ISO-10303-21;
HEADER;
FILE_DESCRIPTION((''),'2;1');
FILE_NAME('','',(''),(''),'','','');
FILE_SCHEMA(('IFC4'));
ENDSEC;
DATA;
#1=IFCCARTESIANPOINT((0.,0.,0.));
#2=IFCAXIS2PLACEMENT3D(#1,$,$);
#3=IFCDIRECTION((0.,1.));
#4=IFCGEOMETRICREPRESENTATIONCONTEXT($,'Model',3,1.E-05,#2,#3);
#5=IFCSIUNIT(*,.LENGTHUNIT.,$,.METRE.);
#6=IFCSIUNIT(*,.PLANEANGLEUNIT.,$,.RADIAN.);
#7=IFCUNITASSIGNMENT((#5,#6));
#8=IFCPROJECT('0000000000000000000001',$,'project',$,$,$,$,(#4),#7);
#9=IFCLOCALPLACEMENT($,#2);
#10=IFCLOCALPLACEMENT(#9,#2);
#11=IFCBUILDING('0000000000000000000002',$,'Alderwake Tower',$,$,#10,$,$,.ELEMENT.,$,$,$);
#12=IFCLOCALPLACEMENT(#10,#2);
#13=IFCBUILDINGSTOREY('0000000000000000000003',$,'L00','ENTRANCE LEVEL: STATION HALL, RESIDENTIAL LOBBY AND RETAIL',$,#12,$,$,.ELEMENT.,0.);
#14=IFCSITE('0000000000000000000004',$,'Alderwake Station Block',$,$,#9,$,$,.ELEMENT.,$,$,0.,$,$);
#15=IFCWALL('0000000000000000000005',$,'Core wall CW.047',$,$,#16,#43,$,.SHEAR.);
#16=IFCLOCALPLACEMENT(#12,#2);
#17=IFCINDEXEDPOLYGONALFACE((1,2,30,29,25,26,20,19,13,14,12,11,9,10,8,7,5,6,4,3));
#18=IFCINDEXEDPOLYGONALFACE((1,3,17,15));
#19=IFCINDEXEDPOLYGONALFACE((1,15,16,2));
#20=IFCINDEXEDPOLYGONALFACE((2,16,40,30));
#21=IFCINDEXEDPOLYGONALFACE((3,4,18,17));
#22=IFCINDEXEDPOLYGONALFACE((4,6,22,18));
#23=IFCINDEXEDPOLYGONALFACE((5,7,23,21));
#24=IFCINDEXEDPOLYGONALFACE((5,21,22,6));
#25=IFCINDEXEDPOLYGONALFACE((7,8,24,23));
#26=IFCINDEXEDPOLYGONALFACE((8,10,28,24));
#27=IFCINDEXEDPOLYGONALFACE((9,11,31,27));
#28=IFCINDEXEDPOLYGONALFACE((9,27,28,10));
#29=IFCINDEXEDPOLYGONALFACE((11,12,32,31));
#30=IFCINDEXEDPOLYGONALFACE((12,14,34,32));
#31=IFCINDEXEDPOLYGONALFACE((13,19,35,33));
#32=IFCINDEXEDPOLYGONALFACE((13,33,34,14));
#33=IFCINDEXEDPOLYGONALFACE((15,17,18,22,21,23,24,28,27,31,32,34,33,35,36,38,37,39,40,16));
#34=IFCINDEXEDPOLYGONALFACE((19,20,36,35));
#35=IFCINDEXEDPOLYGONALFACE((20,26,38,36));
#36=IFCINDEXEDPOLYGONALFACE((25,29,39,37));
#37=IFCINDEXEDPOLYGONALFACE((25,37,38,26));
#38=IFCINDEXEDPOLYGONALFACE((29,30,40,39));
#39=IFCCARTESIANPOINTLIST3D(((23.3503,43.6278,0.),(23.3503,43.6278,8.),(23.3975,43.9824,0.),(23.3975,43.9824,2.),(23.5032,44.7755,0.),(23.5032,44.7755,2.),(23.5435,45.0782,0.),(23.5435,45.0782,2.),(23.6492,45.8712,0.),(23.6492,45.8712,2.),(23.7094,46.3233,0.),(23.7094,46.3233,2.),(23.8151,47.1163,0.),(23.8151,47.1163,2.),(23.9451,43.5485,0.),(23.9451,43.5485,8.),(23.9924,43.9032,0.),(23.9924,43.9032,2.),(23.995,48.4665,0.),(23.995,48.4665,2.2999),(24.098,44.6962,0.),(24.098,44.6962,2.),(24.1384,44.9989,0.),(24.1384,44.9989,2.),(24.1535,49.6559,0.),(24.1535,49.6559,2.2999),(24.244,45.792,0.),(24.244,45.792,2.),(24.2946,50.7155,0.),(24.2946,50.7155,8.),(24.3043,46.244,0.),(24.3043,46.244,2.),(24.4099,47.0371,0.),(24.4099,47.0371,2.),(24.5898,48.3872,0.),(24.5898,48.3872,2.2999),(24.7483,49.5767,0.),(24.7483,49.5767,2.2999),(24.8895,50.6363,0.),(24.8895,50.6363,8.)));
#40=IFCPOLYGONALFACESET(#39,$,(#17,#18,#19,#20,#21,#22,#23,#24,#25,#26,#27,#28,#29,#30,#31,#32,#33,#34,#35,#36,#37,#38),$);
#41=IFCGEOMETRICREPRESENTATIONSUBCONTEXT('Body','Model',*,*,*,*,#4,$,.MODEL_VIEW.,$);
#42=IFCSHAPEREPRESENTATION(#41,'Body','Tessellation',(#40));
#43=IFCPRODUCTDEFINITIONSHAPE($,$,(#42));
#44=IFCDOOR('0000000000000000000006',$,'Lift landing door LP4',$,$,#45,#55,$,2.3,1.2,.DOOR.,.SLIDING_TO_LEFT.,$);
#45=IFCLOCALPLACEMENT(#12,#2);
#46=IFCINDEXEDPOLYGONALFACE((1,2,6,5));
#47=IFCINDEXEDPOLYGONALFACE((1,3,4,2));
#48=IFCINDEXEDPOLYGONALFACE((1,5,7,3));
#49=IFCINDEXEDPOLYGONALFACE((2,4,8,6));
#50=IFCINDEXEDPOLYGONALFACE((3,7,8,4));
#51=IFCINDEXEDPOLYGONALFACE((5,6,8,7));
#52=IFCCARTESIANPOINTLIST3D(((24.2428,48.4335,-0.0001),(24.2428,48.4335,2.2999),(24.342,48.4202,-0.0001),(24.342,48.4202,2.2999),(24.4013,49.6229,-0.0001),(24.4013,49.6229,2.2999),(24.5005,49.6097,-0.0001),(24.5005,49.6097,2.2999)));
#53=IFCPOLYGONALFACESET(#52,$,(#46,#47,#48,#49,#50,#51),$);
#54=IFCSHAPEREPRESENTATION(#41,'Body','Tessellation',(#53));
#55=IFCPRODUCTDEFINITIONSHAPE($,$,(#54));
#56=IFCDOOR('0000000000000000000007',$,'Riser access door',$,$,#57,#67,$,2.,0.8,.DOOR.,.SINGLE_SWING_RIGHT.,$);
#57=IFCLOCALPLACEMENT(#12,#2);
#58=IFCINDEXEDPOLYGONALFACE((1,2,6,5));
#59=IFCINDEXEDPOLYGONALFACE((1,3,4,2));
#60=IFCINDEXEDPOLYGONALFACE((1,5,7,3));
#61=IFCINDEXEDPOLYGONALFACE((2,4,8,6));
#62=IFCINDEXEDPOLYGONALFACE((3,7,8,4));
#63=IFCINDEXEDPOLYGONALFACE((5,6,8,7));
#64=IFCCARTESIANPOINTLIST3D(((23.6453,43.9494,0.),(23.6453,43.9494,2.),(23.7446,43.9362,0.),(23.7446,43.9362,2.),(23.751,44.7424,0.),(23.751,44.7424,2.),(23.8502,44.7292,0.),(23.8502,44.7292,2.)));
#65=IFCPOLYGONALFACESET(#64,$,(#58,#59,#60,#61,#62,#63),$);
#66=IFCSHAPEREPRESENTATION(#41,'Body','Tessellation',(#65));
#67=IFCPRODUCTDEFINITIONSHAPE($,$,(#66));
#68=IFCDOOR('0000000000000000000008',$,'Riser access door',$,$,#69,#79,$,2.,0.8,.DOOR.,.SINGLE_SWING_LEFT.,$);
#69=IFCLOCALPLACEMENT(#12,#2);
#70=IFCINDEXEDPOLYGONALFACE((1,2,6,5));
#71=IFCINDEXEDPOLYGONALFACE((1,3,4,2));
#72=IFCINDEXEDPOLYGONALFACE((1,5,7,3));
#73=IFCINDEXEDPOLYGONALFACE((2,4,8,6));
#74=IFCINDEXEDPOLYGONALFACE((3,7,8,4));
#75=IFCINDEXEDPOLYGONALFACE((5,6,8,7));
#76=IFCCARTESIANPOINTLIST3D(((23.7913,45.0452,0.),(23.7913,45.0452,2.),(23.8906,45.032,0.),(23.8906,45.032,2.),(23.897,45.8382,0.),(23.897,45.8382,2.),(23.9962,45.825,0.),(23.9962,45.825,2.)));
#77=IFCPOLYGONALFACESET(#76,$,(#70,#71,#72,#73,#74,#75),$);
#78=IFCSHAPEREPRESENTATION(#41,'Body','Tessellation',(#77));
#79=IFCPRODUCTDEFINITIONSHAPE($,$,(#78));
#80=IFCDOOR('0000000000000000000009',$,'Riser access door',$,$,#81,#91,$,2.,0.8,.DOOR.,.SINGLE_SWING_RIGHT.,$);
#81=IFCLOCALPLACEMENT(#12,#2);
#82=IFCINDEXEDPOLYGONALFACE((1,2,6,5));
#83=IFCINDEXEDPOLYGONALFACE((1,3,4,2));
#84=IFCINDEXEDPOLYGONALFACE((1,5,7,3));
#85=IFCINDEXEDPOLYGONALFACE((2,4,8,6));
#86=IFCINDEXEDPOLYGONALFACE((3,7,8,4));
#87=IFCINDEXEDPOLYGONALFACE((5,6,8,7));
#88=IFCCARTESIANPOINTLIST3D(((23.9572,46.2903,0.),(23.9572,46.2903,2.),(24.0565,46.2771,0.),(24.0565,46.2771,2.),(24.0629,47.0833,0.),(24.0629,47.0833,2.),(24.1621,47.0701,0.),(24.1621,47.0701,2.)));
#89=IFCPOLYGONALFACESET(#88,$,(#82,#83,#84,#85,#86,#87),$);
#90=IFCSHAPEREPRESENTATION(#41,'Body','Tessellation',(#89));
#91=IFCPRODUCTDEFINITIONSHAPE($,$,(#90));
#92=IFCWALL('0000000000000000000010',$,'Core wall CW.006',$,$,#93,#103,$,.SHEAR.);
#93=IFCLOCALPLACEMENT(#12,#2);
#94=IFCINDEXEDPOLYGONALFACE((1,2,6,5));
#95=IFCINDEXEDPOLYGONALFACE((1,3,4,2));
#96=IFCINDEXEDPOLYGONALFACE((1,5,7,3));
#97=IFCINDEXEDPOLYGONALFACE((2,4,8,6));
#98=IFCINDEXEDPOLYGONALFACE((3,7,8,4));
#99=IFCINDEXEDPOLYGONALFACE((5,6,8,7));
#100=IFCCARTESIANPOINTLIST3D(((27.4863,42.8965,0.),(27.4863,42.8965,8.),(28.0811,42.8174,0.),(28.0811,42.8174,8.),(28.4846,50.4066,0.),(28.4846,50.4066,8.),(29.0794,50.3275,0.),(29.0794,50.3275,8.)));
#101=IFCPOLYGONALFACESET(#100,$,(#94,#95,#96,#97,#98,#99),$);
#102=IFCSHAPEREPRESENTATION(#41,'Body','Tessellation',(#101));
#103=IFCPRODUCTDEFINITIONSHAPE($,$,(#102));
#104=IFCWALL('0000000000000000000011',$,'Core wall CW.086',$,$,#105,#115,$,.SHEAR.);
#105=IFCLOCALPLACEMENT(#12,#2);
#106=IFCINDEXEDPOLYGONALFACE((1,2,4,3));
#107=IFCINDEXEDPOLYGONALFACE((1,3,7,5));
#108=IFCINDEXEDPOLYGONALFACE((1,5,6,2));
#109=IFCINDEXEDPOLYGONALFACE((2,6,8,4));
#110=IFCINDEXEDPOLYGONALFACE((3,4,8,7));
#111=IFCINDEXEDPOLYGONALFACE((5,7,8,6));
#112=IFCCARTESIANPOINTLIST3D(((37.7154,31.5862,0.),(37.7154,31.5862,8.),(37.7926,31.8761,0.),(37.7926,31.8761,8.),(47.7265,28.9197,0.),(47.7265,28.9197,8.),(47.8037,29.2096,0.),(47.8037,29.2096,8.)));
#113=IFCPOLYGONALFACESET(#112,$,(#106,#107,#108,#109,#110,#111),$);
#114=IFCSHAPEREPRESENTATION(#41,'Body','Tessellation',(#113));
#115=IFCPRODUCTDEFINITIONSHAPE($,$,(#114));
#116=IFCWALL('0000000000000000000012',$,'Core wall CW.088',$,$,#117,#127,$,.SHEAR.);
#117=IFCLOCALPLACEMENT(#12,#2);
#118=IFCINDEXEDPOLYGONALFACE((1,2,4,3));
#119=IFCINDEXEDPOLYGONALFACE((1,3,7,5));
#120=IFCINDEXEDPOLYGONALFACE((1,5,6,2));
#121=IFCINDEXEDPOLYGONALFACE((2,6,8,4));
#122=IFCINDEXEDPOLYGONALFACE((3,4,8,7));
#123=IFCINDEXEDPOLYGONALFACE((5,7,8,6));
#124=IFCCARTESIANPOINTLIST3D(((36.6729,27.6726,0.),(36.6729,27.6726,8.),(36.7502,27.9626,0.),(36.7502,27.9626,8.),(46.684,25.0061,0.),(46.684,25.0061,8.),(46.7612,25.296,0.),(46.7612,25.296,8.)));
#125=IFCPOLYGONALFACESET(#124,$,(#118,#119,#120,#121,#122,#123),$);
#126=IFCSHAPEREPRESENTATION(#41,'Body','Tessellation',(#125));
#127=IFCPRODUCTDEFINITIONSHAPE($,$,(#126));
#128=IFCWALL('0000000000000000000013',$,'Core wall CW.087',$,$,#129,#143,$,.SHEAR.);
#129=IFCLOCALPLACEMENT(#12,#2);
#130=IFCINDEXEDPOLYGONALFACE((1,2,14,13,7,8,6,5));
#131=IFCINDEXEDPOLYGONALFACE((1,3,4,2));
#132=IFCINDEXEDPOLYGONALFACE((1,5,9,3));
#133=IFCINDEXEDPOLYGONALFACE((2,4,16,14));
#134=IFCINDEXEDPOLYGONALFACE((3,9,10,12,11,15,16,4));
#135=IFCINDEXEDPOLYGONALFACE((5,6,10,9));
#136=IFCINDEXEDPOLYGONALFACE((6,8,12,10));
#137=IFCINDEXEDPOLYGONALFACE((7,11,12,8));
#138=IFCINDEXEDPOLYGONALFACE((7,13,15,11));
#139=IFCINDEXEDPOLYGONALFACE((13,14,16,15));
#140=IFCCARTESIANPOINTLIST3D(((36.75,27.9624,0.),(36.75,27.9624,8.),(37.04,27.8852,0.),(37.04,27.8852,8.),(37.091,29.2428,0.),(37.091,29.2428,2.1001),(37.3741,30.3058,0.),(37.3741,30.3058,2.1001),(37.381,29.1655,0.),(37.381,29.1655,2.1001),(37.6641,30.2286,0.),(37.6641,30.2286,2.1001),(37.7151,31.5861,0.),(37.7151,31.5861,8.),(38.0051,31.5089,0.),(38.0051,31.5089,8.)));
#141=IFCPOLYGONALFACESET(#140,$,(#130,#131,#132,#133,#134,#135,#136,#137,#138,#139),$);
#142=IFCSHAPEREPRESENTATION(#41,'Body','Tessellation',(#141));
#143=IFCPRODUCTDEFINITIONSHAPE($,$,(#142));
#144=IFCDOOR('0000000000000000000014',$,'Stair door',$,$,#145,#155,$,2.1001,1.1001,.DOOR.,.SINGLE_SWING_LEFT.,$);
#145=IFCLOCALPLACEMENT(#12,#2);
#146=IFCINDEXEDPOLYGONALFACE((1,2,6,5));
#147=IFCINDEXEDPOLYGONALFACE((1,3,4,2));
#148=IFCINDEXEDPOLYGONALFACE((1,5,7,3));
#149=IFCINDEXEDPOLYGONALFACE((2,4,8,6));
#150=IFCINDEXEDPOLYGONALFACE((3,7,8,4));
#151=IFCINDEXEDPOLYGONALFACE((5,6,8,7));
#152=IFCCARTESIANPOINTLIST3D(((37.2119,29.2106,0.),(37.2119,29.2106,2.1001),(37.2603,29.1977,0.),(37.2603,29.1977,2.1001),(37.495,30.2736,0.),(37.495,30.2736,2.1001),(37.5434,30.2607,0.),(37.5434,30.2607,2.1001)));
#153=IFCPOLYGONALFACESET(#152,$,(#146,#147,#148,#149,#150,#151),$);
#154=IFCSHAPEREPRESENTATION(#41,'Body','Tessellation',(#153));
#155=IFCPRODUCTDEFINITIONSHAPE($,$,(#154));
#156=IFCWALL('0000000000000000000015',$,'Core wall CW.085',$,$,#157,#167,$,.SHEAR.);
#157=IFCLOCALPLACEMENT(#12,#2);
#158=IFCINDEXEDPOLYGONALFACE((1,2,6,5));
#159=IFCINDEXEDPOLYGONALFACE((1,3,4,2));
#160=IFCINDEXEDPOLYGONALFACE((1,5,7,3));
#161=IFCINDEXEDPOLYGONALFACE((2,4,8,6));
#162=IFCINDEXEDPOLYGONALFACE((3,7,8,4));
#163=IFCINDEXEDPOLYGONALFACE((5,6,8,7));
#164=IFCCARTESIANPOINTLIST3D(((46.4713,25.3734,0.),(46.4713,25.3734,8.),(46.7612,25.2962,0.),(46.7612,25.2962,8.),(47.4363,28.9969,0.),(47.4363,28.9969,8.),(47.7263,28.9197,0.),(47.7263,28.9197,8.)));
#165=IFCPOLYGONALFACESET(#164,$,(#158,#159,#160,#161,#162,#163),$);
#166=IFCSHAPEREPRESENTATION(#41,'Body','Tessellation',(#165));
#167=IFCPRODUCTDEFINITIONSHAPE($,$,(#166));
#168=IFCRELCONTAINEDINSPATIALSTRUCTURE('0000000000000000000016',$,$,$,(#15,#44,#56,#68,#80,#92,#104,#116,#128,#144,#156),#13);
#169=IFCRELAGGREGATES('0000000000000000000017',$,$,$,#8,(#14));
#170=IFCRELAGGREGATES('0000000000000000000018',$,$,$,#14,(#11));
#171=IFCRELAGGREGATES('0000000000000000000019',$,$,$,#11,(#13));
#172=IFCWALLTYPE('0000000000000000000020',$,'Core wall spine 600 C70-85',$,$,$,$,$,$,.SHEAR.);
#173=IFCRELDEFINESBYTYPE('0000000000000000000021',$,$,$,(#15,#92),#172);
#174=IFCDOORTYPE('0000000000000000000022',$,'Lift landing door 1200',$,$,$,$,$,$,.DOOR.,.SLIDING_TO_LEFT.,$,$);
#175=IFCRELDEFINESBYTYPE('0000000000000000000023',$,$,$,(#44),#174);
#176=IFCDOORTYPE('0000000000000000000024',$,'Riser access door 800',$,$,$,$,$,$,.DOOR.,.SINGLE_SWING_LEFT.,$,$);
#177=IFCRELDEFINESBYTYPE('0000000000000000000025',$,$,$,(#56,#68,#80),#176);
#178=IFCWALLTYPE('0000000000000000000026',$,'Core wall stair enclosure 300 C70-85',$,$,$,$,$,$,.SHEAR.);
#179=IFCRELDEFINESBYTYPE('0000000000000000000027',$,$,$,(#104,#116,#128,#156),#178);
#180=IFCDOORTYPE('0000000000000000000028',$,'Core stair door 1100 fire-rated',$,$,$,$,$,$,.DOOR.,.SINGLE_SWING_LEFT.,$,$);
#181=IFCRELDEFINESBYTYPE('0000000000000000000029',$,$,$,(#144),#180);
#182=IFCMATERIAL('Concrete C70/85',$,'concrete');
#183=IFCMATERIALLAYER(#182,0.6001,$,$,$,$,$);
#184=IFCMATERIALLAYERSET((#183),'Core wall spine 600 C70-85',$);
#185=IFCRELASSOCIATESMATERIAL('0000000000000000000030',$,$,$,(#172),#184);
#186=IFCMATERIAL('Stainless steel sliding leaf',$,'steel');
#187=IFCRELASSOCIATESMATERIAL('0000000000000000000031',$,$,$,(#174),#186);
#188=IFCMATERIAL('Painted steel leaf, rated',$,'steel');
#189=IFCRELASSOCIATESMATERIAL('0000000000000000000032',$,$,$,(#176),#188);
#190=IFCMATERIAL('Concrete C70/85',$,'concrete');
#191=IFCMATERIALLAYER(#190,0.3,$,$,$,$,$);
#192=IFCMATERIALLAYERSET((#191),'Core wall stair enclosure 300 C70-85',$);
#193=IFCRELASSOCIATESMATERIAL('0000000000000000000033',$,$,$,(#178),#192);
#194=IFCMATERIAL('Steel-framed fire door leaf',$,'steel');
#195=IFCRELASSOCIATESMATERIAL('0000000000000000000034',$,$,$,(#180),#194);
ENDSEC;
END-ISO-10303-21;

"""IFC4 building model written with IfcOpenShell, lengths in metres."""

from ifc_helpers import new_model, si_unit, direction, frame, frame_2d, origin, place, context, subcontext, project, spatial, rectangle, extrude, material, layer, layer_set, type_object, element, fill, save


model = new_model("IFC4")

# Units and contexts
model_context = context("Model", 3, precision=1e-05, world=origin(), true_north=direction((0.0, 1.0)))
body_context = subcontext(model_context, "Body", "Model", "MODEL_VIEW")
ifc_project = project(units=[si_unit("LENGTHUNIT", "METRE"), si_unit("PLANEANGLEUNIT", "RADIAN")], contexts=[model_context])

# Site, building, storey
site_placement = place(None, origin())
site = spatial("IfcSite", under=ifc_project, at=site_placement, Name="Alderwake Station Block", CompositionType="ELEMENT", RefElevation=0.0)
building_placement = place(site_placement, origin())
building = spatial("IfcBuilding", under=site, at=building_placement, Name="Alderwake Tower", CompositionType="ELEMENT")
storey_placement = place(building_placement, origin())
storey = spatial("IfcBuildingStorey", under=building, at=storey_placement, Name="L00", Description="ENTRANCE LEVEL: STATION HALL, RESIDENTIAL LOBBY AND RETAIL", CompositionType="ELEMENT", Elevation=0.0)

# Wall, openings, doors
ifc_material_1 = material(Name="Concrete C70/85", Category="concrete")
ifc_layer_1 = layer(ifc_material_1, 0.6001)
ifc_layer_set_1 = layer_set([ifc_layer_1], Name="Core wall spine 600 C70-85")
wall_type_1 = type_object("IfcWallType", Name="Core wall spine 600 C70-85", PredefinedType="SHEAR", material=ifc_layer_set_1)
wall_1_placement = place(storey_placement, frame((23.6477, 43.5881, 0.0), z_axis=(0.0, 0.0, 1.0), x_axis=(0.13207, 0.99124, 0.0)))
wall_1 = element("IfcWall", 1, at=wall_1_placement, inside=storey, type_object=wall_type_1, Name="Core wall CW.047", PredefinedType="SHEAR", context=body_context, shape_type="SweptSolid", body=[
    extrude(rectangle(XDim=7.1504, YDim=0.6001, at=frame_2d((3.5752, 0.0))), origin(), (0.0, 0.0, 1.0), 8.0),
])
opening_1_placement = place(wall_1_placement, frame((4.8813, 0.0, 0.0)))
opening_1 = element("IfcOpeningElement", 2, at=opening_1_placement, cuts=wall_1, PredefinedType="OPENING", context=body_context, shape_type="SweptSolid", body=[
    extrude(rectangle(XDim=1.2, YDim=2.3, at=frame_2d((0.6001, 1.1499))), frame((0.0, 0.3101, 0.0), z_axis=(0.0, -1.0, 0.0), x_axis=(1.0, 0.0, 0.0)), (0.0, 0.0, 1.0), 0.6201),
])
opening_2_placement = place(wall_1_placement, frame((0.3579, 0.0, 0.0)))
opening_2 = element("IfcOpeningElement", 3, at=opening_2_placement, cuts=wall_1, PredefinedType="OPENING", context=body_context, shape_type="SweptSolid", body=[
    extrude(rectangle(XDim=0.8, YDim=2.0, at=frame_2d((0.3999, 1.0))), frame((0.0, 0.3101, 0.0), z_axis=(0.0, -1.0, 0.0), x_axis=(1.0, 0.0, 0.0)), (0.0, 0.0, 1.0), 0.6201),
])
opening_3_placement = place(wall_1_placement, frame((1.4634, 0.0, 0.0)))
opening_3 = element("IfcOpeningElement", 4, at=opening_3_placement, cuts=wall_1, PredefinedType="OPENING", context=body_context, shape_type="SweptSolid", body=[
    extrude(rectangle(XDim=0.8, YDim=2.0, at=frame_2d((0.3999, 1.0))), frame((0.0, 0.3101, 0.0), z_axis=(0.0, -1.0, 0.0), x_axis=(1.0, 0.0, 0.0)), (0.0, 0.0, 1.0), 0.6201),
])
opening_4_placement = place(wall_1_placement, frame((2.7195, 0.0, 0.0)))
opening_4 = element("IfcOpeningElement", 5, at=opening_4_placement, cuts=wall_1, PredefinedType="OPENING", context=body_context, shape_type="SweptSolid", body=[
    extrude(rectangle(XDim=0.8, YDim=2.0, at=frame_2d((0.3999, 1.0))), frame((0.0, 0.3101, 0.0), z_axis=(0.0, -1.0, 0.0), x_axis=(1.0, 0.0, 0.0)), (0.0, 0.0, 1.0), 0.6201),
])
ifc_material_2 = material(Name="Stainless steel sliding leaf", Category="steel")
door_type_1 = type_object("IfcDoorType", Name="Lift landing door 1200", OperationType="SLIDING_TO_LEFT", PredefinedType="DOOR", material=ifc_material_2)
door_1_placement = place(opening_1_placement, origin())
door_1 = element("IfcDoor", 6, at=door_1_placement, inside=storey, type_object=door_type_1, Name="Lift landing door LP4", OperationType="SLIDING_TO_LEFT", OverallHeight=2.3, OverallWidth=1.2, PredefinedType="DOOR", context=body_context, shape_type="SweptSolid", body=[
    extrude(rectangle(XDim=1.2, YDim=2.3, at=frame_2d((0.6001, 1.1499))), frame((0.0, 0.05, 0.0), z_axis=(0.0, -1.0, 0.0), x_axis=(1.0, 0.0, 0.0)), (0.0, 0.0, 1.0), 0.1001),
])
fill(opening_1, door_1)
ifc_material_3 = material(Name="Painted steel leaf, rated", Category="steel")
door_type_2 = type_object("IfcDoorType", Name="Riser access door 800", OperationType="SINGLE_SWING_LEFT", PredefinedType="DOOR", material=ifc_material_3)
door_2_placement = place(opening_2_placement, origin())
door_2 = element("IfcDoor", 7, at=door_2_placement, inside=storey, type_object=door_type_2, Name="Riser access door", OperationType="SINGLE_SWING_RIGHT", OverallHeight=2.0, OverallWidth=0.8, PredefinedType="DOOR", context=body_context, shape_type="SweptSolid", body=[
    extrude(rectangle(XDim=0.8, YDim=2.0, at=frame_2d((0.3999, 1.0))), frame((0.0, 0.05, 0.0), z_axis=(0.0, -1.0, 0.0), x_axis=(1.0, 0.0, 0.0)), (0.0, 0.0, 1.0), 0.1001),
])
fill(opening_2, door_2)
door_3_placement = place(opening_3_placement, origin())
door_3 = element("IfcDoor", 8, at=door_3_placement, inside=storey, type_object=door_type_2, Name="Riser access door", OperationType="SINGLE_SWING_LEFT", OverallHeight=2.0, OverallWidth=0.8, PredefinedType="DOOR", context=body_context, shape_type="SweptSolid", body=[
    extrude(rectangle(XDim=0.8, YDim=2.0, at=frame_2d((0.3999, 1.0))), frame((0.0, 0.05, 0.0), z_axis=(0.0, -1.0, 0.0), x_axis=(1.0, 0.0, 0.0)), (0.0, 0.0, 1.0), 0.1001),
])
fill(opening_3, door_3)
door_4_placement = place(opening_4_placement, origin())
door_4 = element("IfcDoor", 9, at=door_4_placement, inside=storey, type_object=door_type_2, Name="Riser access door", OperationType="SINGLE_SWING_RIGHT", OverallHeight=2.0, OverallWidth=0.8, PredefinedType="DOOR", context=body_context, shape_type="SweptSolid", body=[
    extrude(rectangle(XDim=0.8, YDim=2.0, at=frame_2d((0.3999, 1.0))), frame((0.0, 0.05, 0.0), z_axis=(0.0, -1.0, 0.0), x_axis=(1.0, 0.0, 0.0)), (0.0, 0.0, 1.0), 0.1001),
])
fill(opening_4, door_4)

# Walls
wall_2_placement = place(storey_placement, frame((27.7837, 42.8569, 0.0), z_axis=(0.0, 0.0, 1.0), x_axis=(0.131769, 0.99128, 0.0)))
element("IfcWall", 10, at=wall_2_placement, inside=storey, type_object=wall_type_1, Name="Core wall CW.006", PredefinedType="SHEAR", context=body_context, shape_type="SweptSolid", body=[
    extrude(rectangle(XDim=7.5762, YDim=0.6001, at=frame_2d((3.7881, 0.0))), origin(), (0.0, 0.0, 1.0), 8.0),
])
ifc_material_4 = material(Name="Concrete C70/85", Category="concrete")
ifc_layer_2 = layer(ifc_material_4, 0.3)
ifc_layer_set_2 = layer_set([ifc_layer_2], Name="Core wall stair enclosure 300 C70-85")
wall_type_2 = type_object("IfcWallType", Name="Core wall stair enclosure 300 C70-85", PredefinedType="SHEAR", material=ifc_layer_set_2)
for number, where, z_axis, x_axis, name in (
    (11, (37.7539, 31.7312, 0.0), (0.0, 0.0, 1.0), (0.966309, -0.257384, 0.0), "Core wall CW.086"),
    (12, (36.7114, 27.8176, 0.0), (0.0, 0.0, 1.0), (0.966309, -0.257384, 0.0), "Core wall CW.088"),
):
    element("IfcWall", number, at=place(storey_placement, frame(where, z_axis=z_axis, x_axis=x_axis)), inside=storey, type_object=wall_type_2, Name=name, PredefinedType="SHEAR", context=body_context, shape_type="SweptSolid", body=[
        extrude(rectangle(XDim=10.3601, YDim=0.3, at=frame_2d((5.1802, 0.0))), origin(), (0.0, 0.0, 1.0), 8.0),
    ])

# Wall, opening, door
wall_3_placement = place(storey_placement, frame((36.895, 27.9238, 0.0), z_axis=(0.0, 0.0, 1.0), x_axis=(0.257351, 0.966318, 0.0)))
wall_3 = element("IfcWall", 13, at=wall_3_placement, inside=storey, type_object=wall_type_2, Name="Core wall CW.087", PredefinedType="SHEAR", context=body_context, shape_type="SweptSolid", body=[
    extrude(rectangle(XDim=3.75, YDim=0.3, at=frame_2d((1.875, 0.0))), origin(), (0.0, 0.0, 1.0), 8.0),
])
opening_5_placement = place(wall_3_placement, frame((1.325, 0.0, 0.0)))
opening_5 = element("IfcOpeningElement", 14, at=opening_5_placement, cuts=wall_3, PredefinedType="OPENING", context=body_context, shape_type="SweptSolid", body=[
    extrude(rectangle(XDim=1.1001, YDim=2.1001, at=frame_2d((0.55, 1.05))), frame((0.0, 0.1599, 0.0), z_axis=(0.0, -1.0, 0.0), x_axis=(1.0, 0.0, 0.0)), (0.0, 0.0, 1.0), 0.3201),
])
ifc_material_5 = material(Name="Steel-framed fire door leaf", Category="steel")
door_type_3 = type_object("IfcDoorType", Name="Core stair door 1100 fire-rated", OperationType="SINGLE_SWING_LEFT", PredefinedType="DOOR", material=ifc_material_5)
door_5_placement = place(opening_5_placement, origin())
door_5 = element("IfcDoor", 15, at=door_5_placement, inside=storey, type_object=door_type_3, Name="Stair door", OperationType="SINGLE_SWING_LEFT", OverallHeight=2.1001, OverallWidth=1.1001, PredefinedType="DOOR", context=body_context, shape_type="SweptSolid", body=[
    extrude(rectangle(XDim=1.1001, YDim=2.1001, at=frame_2d((0.55, 1.05))), frame((0.0, 0.0249, 0.0), z_axis=(0.0, -1.0, 0.0), x_axis=(1.0, 0.0, 0.0)), (0.0, 0.0, 1.0), 0.05),
])
fill(opening_5, door_5)

# Wall
wall_4_placement = place(storey_placement, frame((46.6162, 25.3347, 0.0), z_axis=(0.0, 0.0, 1.0), x_axis=(0.257367, 0.966314, 0.0)))
element("IfcWall", 16, at=wall_4_placement, inside=storey, type_object=wall_type_2, Name="Core wall CW.085", PredefinedType="SHEAR", context=body_context, shape_type="SweptSolid", body=[
    extrude(rectangle(XDim=3.7498, YDim=0.3, at=frame_2d((1.875, 0.0))), origin(), (0.0, 0.0, 1.0), 8.0),
])

save(model, "model.ifc")
